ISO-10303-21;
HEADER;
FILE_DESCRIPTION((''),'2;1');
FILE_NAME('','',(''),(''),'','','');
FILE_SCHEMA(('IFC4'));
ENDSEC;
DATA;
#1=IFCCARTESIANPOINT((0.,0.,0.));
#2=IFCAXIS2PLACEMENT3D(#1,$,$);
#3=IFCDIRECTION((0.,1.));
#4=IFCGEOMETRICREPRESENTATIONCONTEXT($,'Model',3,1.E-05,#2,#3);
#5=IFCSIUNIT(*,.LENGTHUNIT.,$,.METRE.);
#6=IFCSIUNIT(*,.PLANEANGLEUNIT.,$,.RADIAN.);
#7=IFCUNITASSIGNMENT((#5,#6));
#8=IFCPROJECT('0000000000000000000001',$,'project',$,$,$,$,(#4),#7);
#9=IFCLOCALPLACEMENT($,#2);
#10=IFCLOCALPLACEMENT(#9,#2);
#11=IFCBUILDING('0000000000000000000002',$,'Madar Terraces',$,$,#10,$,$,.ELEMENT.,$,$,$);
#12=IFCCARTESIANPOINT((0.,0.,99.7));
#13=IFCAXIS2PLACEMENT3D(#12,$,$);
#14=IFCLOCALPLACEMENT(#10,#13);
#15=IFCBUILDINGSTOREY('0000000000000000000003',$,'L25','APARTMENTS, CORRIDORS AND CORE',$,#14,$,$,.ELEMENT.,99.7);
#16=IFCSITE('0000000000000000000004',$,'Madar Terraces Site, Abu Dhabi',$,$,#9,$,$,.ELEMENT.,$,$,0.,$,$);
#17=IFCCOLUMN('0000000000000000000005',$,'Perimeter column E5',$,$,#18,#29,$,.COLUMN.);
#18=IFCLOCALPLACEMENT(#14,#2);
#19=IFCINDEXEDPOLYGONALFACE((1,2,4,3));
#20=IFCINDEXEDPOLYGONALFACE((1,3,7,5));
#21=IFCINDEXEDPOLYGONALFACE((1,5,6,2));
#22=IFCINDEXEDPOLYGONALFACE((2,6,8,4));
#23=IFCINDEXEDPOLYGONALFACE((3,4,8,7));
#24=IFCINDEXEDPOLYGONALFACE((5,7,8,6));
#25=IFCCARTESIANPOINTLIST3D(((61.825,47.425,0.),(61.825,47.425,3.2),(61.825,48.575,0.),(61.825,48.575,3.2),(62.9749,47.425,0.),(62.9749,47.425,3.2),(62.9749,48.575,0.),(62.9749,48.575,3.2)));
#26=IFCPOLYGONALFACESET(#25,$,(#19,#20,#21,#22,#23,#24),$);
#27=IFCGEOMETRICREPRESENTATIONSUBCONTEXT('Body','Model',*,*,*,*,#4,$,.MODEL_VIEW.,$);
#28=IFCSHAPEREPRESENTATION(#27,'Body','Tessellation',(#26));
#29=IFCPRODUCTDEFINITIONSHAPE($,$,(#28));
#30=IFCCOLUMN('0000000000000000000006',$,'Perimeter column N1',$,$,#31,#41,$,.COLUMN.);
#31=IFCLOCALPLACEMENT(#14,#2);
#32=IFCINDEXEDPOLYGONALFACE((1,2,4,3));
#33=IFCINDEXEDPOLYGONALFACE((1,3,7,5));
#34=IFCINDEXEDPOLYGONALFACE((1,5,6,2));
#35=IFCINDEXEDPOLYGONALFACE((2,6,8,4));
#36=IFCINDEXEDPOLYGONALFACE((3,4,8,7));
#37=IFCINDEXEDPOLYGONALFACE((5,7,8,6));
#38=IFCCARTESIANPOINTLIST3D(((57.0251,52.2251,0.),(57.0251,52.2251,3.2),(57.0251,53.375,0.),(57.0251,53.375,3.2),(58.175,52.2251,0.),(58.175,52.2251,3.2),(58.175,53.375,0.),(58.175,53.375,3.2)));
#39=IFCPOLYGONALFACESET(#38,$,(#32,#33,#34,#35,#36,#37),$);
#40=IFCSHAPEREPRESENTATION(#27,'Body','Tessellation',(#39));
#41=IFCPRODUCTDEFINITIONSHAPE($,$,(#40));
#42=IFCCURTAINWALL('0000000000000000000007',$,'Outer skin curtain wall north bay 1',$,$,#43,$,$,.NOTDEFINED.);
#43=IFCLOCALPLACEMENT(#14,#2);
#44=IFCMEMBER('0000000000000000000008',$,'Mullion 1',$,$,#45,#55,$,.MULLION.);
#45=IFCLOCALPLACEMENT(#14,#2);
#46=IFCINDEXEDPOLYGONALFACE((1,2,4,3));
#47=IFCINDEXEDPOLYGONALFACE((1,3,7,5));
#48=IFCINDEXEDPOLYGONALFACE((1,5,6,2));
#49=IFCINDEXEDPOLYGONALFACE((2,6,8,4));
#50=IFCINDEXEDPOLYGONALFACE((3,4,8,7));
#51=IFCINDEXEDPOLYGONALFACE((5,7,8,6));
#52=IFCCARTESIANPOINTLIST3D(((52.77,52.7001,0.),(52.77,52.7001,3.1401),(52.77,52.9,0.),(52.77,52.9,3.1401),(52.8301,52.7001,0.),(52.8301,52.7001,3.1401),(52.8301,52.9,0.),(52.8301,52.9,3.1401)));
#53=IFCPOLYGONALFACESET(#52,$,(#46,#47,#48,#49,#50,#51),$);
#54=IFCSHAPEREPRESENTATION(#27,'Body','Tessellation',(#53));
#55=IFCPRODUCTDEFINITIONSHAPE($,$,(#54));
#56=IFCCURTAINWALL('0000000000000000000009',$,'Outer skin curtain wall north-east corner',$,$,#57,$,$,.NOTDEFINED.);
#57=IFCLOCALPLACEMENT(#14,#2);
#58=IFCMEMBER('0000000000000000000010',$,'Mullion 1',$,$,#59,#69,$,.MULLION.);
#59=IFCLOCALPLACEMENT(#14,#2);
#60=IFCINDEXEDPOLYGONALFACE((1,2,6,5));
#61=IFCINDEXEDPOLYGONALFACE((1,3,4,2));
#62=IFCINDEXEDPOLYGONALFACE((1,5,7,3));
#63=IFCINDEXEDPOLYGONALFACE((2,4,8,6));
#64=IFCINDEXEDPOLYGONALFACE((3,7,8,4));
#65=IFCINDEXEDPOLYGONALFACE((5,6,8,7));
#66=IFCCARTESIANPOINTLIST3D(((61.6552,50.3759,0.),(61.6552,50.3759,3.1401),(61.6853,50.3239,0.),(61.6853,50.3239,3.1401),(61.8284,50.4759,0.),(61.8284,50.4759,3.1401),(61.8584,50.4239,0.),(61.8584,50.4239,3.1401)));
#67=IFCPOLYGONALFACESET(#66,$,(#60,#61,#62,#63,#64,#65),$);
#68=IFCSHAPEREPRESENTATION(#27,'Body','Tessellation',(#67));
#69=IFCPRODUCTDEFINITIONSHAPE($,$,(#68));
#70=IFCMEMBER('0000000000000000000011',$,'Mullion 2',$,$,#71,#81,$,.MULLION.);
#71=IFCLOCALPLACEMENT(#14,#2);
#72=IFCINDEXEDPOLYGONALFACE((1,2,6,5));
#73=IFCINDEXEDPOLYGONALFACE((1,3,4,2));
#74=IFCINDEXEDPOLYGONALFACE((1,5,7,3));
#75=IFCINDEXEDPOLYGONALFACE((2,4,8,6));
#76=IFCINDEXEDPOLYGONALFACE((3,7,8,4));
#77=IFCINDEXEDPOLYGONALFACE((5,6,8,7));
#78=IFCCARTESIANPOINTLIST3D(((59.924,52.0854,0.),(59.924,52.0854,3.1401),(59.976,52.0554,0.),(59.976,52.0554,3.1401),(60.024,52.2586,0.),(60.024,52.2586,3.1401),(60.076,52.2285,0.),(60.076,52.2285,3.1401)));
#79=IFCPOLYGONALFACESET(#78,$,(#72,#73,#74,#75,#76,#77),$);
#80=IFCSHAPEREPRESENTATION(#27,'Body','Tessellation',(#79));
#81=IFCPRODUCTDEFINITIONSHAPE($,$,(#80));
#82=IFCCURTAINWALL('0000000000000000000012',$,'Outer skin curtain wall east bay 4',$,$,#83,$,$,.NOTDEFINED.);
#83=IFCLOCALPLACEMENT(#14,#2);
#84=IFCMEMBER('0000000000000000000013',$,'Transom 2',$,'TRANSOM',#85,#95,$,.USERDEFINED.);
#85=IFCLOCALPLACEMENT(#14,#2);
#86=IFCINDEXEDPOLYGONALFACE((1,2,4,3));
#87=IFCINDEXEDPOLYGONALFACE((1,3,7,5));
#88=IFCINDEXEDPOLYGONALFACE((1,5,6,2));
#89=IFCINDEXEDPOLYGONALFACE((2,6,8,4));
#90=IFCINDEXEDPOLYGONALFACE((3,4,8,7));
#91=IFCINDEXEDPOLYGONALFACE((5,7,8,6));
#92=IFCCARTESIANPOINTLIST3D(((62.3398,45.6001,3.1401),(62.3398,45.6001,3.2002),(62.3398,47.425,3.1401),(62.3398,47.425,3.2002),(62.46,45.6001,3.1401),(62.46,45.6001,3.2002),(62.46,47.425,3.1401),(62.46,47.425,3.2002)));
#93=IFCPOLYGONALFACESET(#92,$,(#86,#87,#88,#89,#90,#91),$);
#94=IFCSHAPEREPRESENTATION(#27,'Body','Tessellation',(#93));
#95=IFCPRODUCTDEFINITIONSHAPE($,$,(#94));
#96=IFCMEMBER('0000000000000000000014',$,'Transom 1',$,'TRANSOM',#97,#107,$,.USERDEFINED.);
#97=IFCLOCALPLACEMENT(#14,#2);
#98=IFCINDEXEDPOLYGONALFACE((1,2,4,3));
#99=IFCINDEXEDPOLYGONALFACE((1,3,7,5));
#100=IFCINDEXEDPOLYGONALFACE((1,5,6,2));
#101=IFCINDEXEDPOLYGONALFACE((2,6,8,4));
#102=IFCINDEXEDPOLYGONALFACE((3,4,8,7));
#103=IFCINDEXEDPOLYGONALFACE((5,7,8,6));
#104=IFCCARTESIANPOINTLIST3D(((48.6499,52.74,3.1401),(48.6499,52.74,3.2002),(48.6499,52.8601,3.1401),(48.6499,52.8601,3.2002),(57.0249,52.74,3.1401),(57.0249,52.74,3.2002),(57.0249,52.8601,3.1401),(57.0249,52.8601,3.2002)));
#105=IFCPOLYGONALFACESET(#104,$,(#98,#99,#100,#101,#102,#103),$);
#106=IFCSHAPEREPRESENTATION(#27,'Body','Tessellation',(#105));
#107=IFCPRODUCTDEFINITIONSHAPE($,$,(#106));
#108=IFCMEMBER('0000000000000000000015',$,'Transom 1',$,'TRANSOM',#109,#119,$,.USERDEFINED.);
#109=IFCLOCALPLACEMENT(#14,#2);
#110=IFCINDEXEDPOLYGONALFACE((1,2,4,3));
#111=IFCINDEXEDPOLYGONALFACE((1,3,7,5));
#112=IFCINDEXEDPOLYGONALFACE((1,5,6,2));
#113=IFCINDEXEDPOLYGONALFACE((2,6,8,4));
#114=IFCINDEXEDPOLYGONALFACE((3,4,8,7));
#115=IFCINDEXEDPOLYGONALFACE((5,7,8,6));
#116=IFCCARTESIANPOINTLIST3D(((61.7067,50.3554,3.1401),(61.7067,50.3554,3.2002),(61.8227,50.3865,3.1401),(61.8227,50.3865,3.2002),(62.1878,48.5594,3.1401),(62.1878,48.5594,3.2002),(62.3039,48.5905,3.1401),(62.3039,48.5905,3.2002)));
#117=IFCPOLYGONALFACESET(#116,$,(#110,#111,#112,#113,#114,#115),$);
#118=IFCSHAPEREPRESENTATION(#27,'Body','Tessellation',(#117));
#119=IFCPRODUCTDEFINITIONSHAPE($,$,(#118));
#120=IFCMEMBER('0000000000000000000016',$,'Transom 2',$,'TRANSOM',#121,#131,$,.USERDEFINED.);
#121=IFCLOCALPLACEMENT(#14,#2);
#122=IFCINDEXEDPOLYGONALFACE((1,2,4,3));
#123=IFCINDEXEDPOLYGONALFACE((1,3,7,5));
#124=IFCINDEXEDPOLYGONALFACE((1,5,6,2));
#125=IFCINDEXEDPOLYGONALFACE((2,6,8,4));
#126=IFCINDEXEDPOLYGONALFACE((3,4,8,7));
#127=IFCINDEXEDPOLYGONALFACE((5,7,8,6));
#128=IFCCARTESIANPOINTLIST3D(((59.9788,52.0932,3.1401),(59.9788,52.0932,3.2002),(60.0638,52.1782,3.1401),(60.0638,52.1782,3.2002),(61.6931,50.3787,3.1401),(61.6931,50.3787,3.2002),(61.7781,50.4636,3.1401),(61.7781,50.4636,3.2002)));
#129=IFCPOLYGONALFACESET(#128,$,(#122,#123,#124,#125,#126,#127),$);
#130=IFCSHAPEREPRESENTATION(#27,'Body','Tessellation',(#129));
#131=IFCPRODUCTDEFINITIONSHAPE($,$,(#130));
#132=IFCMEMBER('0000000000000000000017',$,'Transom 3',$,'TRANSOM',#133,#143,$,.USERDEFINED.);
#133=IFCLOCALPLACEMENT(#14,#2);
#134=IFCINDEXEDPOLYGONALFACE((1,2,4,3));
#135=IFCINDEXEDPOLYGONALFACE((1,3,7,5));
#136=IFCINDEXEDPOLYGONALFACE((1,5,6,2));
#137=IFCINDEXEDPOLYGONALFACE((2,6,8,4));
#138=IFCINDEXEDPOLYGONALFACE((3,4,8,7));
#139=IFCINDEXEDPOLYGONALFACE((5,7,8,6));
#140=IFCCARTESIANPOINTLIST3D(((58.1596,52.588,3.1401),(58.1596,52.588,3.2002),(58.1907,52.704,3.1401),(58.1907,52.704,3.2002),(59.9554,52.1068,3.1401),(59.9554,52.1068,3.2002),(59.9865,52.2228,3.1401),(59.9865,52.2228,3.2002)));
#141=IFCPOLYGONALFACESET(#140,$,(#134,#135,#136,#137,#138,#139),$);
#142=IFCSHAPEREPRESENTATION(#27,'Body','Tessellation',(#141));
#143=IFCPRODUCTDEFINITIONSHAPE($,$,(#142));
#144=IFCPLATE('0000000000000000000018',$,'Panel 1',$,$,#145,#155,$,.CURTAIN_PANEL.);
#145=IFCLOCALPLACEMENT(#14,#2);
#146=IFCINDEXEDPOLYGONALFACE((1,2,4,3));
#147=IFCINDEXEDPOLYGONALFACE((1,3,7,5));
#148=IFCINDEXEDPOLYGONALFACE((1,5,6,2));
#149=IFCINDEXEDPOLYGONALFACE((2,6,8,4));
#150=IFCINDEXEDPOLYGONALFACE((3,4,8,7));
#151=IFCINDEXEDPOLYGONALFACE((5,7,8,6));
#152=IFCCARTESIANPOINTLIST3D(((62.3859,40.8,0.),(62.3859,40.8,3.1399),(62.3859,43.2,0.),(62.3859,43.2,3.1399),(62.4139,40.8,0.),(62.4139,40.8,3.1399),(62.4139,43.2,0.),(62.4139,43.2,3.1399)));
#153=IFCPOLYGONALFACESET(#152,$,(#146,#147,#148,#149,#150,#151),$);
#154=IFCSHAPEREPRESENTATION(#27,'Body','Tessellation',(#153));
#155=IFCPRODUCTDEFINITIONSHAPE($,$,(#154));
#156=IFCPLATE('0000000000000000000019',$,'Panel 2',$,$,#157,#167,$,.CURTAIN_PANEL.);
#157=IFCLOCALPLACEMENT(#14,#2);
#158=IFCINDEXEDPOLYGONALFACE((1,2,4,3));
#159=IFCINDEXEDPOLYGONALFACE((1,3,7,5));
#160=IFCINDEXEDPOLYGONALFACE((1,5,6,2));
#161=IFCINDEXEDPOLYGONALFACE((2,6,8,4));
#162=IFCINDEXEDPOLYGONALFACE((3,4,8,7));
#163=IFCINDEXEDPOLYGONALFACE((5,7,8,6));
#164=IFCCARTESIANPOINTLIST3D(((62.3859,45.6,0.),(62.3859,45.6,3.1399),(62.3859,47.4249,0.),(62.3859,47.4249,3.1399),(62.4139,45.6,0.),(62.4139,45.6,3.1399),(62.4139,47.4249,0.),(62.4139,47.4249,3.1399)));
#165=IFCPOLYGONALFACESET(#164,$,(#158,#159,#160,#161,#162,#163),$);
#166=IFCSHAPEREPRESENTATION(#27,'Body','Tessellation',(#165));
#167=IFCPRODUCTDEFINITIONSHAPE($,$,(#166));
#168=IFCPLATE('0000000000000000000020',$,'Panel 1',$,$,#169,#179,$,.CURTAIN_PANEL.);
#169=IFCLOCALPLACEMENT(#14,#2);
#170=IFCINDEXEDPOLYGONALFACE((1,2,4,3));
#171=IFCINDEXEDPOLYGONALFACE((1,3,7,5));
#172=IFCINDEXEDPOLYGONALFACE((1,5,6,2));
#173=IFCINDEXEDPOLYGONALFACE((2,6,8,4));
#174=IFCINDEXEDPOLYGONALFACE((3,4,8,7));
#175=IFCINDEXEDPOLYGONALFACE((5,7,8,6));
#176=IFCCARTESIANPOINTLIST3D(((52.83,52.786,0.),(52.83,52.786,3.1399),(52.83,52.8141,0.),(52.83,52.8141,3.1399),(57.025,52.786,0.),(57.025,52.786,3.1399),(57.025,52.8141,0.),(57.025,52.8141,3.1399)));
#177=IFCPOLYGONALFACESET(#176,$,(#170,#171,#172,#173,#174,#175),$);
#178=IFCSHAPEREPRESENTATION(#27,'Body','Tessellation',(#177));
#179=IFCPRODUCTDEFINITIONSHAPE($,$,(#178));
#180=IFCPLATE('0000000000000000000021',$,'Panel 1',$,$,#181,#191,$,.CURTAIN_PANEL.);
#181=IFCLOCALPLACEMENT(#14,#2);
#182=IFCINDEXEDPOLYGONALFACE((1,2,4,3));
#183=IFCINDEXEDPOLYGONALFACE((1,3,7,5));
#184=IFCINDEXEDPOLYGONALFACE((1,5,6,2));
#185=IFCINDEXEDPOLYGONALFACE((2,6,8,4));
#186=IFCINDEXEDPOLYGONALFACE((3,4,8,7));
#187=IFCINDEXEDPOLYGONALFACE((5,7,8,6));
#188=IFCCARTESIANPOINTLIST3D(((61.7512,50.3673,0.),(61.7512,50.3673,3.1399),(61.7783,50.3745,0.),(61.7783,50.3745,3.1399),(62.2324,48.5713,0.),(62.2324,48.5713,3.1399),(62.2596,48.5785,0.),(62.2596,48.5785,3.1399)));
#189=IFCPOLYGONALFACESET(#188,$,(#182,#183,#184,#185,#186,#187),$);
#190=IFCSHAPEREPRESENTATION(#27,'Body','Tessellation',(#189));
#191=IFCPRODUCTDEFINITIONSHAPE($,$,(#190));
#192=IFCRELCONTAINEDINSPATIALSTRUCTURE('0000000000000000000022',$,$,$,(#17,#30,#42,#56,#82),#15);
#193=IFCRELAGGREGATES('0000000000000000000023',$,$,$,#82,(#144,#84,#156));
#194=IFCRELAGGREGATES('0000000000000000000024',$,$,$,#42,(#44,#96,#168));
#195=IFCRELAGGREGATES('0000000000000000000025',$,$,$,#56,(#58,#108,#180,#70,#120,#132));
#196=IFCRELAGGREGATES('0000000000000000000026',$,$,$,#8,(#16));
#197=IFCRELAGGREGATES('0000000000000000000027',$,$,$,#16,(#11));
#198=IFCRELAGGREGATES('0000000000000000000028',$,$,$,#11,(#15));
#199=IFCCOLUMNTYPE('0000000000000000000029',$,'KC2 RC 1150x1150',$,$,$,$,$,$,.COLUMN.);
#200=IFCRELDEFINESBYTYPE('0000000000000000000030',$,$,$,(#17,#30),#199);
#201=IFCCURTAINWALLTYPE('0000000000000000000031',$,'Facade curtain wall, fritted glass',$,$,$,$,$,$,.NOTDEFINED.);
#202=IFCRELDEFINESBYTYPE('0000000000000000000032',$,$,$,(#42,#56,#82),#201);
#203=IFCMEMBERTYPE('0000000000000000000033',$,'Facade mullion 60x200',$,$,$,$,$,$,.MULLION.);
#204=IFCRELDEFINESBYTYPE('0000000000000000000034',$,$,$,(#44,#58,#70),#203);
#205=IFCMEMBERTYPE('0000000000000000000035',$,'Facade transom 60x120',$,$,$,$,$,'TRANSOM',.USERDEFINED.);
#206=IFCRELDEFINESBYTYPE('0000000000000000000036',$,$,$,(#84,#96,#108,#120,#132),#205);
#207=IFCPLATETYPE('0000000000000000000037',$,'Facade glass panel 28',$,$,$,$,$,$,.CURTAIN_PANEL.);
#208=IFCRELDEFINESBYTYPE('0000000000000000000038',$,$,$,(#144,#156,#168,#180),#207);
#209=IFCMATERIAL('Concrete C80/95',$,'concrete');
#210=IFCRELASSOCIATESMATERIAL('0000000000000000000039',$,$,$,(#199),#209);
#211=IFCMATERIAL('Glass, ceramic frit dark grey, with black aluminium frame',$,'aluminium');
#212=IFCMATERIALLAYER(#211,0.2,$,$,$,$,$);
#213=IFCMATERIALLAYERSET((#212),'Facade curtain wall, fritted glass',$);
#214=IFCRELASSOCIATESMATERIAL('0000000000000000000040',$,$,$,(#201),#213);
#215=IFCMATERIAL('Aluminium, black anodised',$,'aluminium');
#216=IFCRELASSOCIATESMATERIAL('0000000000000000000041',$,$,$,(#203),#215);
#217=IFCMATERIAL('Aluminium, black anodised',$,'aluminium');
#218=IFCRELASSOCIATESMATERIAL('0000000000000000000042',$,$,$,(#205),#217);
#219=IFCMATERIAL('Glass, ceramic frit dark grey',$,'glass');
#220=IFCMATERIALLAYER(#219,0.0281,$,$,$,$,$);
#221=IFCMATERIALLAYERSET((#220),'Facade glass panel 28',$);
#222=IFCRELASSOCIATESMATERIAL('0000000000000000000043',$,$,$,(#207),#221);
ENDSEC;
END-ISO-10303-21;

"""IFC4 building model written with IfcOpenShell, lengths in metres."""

from ifc_helpers import new_model, si_unit, direction, frame, origin, origin_2d, place, context, subcontext, project, spatial, rectangle, extrude, material, layer, layer_set, material_profile, profile_set, type_object, element, aggregate, save


model = new_model("IFC4")

# Units and contexts
model_context = context("Model", 3, precision=1e-05, world=origin(), true_north=direction((0.0, 1.0)))
body_context = subcontext(model_context, "Body", "Model", "MODEL_VIEW")
ifc_project = project(units=[si_unit("LENGTHUNIT", "METRE"), si_unit("PLANEANGLEUNIT", "RADIAN")], contexts=[model_context])

# Site, building, storey
site_placement = place(None, origin())
site = spatial("IfcSite", under=ifc_project, at=site_placement, Name="Madar Terraces Site, Abu Dhabi", CompositionType="ELEMENT", RefElevation=0.0)
building_placement = place(site_placement, origin())
building = spatial("IfcBuilding", under=site, at=building_placement, Name="Madar Terraces", CompositionType="ELEMENT")
storey_placement = place(building_placement, frame((0.0, 0.0, 99.7)))
storey = spatial("IfcBuildingStorey", under=building, at=storey_placement, Name="L25", Description="APARTMENTS, CORRIDORS AND CORE", CompositionType="ELEMENT", Elevation=99.7)

# Columns
ifc_material_1 = material(Name="Concrete C80/95", Category="concrete")
ifc_material_profile_1 = material_profile(ifc_material_1, rectangle(XDim=1.1499, YDim=1.1499, at=origin_2d()), Name="KC2 RC 1150x1150")
ifc_profile_set_1 = profile_set([ifc_material_profile_1], Name="Concrete C80/95")
column_type = type_object("IfcColumnType", Name="KC2 RC 1150x1150", PredefinedType="COLUMN", material=ifc_profile_set_1)
for number, where, z_axis, x_axis, name in (
    (1, (62.3999, 48.0, 0.0), (0.0, 0.0, 1.0), (1.0, 0.0, 0.0), "Perimeter column E5"),
    (2, (57.6001, 52.8, 0.0), (0.0, 0.0, 1.0), (1.0, 0.0, 0.0), "Perimeter column N1"),
):
    element("IfcColumn", number, at=place(storey_placement, frame(where, z_axis=z_axis, x_axis=x_axis)), inside=storey, type_object=column_type, Name=name, PredefinedType="COLUMN", context=body_context, shape_type="SweptSolid", body=[
        extrude(rectangle(XDim=1.1499, YDim=1.1499, at=origin_2d()), origin(), (0.0, 0.0, 1.0), 3.2),
    ])

# Curtain wall, member
ifc_material_2 = material(Name="Glass, ceramic frit dark grey, with black aluminium frame", Category="aluminium")
ifc_layer_1 = layer(ifc_material_2, 0.2)
ifc_layer_set_1 = layer_set([ifc_layer_1], Name="Facade curtain wall, fritted glass")
curtain_wall_type = type_object("IfcCurtainWallType", Name="Facade curtain wall, fritted glass", PredefinedType="NOTDEFINED", material=ifc_layer_set_1)
curtain_wall_1_placement = place(storey_placement, origin())
curtain_wall_1 = element("IfcCurtainWall", 3, at=curtain_wall_1_placement, inside=storey, type_object=curtain_wall_type, Name="Outer skin curtain wall north bay 1", PredefinedType="NOTDEFINED")
ifc_material_3 = material(Name="Aluminium, black anodised", Category="aluminium")
ifc_material_profile_2 = material_profile(ifc_material_3, rectangle(XDim=0.2, YDim=0.0601, at=origin_2d()), Name="Facade mullion 60x200")
ifc_profile_set_2 = profile_set([ifc_material_profile_2], Name="Aluminium, black anodised")
member_type_1 = type_object("IfcMemberType", Name="Facade mullion 60x200", PredefinedType="MULLION", material=ifc_profile_set_2)
member_1_placement = place(storey_placement, frame((52.8, 52.8, 0.0), z_axis=(0.0, 0.0, 1.0), x_axis=(0.0, -1.0, 0.0)))
member_1 = element("IfcMember", 4, at=member_1_placement, type_object=member_type_1, Name="Mullion 1", PredefinedType="MULLION", context=body_context, shape_type="SweptSolid", body=[
    extrude(rectangle(XDim=0.2, YDim=0.0601, at=origin_2d()), origin(), (0.0, 0.0, 1.0), 3.1401),
])

# Curtain wall, members
curtain_wall_2_placement = place(storey_placement, origin())
curtain_wall_2 = element("IfcCurtainWall", 5, at=curtain_wall_2_placement, inside=storey, type_object=curtain_wall_type, Name="Outer skin curtain wall north-east corner", PredefinedType="NOTDEFINED")
member_2_placement = place(storey_placement, frame((61.7568, 50.3999, 0.0), z_axis=(0.0, 0.0, 1.0), x_axis=(-0.866025, -0.5, 0.0)))
member_2 = element("IfcMember", 6, at=member_2_placement, type_object=member_type_1, Name="Mullion 1", PredefinedType="MULLION", context=body_context, shape_type="SweptSolid", body=[
    extrude(rectangle(XDim=0.2, YDim=0.0601, at=origin_2d()), origin(), (0.0, 0.0, 1.0), 3.1401),
])
member_3_placement = place(storey_placement, frame((60.0, 52.157, 0.0), z_axis=(0.0, 0.0, 1.0), x_axis=(-0.5, -0.866025, 0.0)))
member_3 = element("IfcMember", 7, at=member_3_placement, type_object=member_type_1, Name="Mullion 2", PredefinedType="MULLION", context=body_context, shape_type="SweptSolid", body=[
    extrude(rectangle(XDim=0.2, YDim=0.0601, at=origin_2d()), origin(), (0.0, 0.0, 1.0), 3.1401),
])

# Curtain wall, member
curtain_wall_3_placement = place(storey_placement, origin())
curtain_wall_3 = element("IfcCurtainWall", 8, at=curtain_wall_3_placement, inside=storey, type_object=curtain_wall_type, Name="Outer skin curtain wall east bay 4", PredefinedType="NOTDEFINED")
ifc_material_4 = material(Name="Aluminium, black anodised", Category="aluminium")
ifc_material_profile_3 = material_profile(ifc_material_4, rectangle(XDim=0.1201, YDim=0.0601, at=origin_2d()), Name="Facade transom 60x120")
ifc_profile_set_3 = profile_set([ifc_material_profile_3], Name="Aluminium, black anodised")
member_type_2 = type_object("IfcMemberType", Name="Facade transom 60x120", ElementType="TRANSOM", PredefinedType="USERDEFINED", material=ifc_profile_set_3)
member_4_placement = place(storey_placement, frame((62.3999, 45.6001, 3.1702), z_axis=(0.0, 1.0, 0.0), x_axis=(-1.0, 0.0, 0.0)))
member_4 = element("IfcMember", 9, at=member_4_placement, type_object=member_type_2, Name="Transom 2", ObjectType="TRANSOM", PredefinedType="USERDEFINED", context=body_context, shape_type="SweptSolid", body=[
    extrude(rectangle(XDim=0.1201, YDim=0.0601, at=origin_2d()), origin(), (0.0, 0.0, 1.0), 1.825),
])

# Members
member_5_placement = place(storey_placement, frame((57.0249, 52.8, 3.1702), z_axis=(-1.0, 0.0, 0.0), x_axis=(0.0, -1.0, 0.0)))
member_5 = element("IfcMember", 10, at=member_5_placement, type_object=member_type_2, Name="Transom 1", ObjectType="TRANSOM", PredefinedType="USERDEFINED", context=body_context, shape_type="SweptSolid", body=[
    extrude(rectangle(XDim=0.1201, YDim=0.0601, at=origin_2d()), origin(), (0.0, 0.0, 1.0), 8.375),
])
member_6_placement = place(storey_placement, frame((62.2458, 48.575, 3.1702), z_axis=(-0.258782, 0.965936, 0.0), x_axis=(-0.965936, -0.258782, 0.0)))
member_6 = element("IfcMember", 11, at=member_6_placement, type_object=member_type_2, Name="Transom 1", ObjectType="TRANSOM", PredefinedType="USERDEFINED", context=body_context, shape_type="SweptSolid", body=[
    extrude(rectangle(XDim=0.1201, YDim=0.0601, at=origin_2d()), origin(), (0.0, 0.0, 1.0), 1.8594),
])
member_7_placement = place(storey_placement, frame((61.7356, 50.4211, 3.1702), z_axis=(-0.707056, 0.707157, 0.0), x_axis=(-0.707157, -0.707056, 0.0)))
member_7 = element("IfcMember", 12, at=member_7_placement, type_object=member_type_2, Name="Transom 2", ObjectType="TRANSOM", PredefinedType="USERDEFINED", context=body_context, shape_type="SweptSolid", body=[
    extrude(rectangle(XDim=0.1201, YDim=0.0601, at=origin_2d()), origin(), (0.0, 0.0, 1.0), 2.4246),
])
member_8_placement = place(storey_placement, frame((59.9709, 52.1648, 3.1702), z_axis=(-0.965927, 0.258815, 0.0), x_axis=(-0.258815, -0.965927, 0.0)))
member_8 = element("IfcMember", 13, at=member_8_placement, type_object=member_type_2, Name="Transom 3", ObjectType="TRANSOM", PredefinedType="USERDEFINED", context=body_context, shape_type="SweptSolid", body=[
    extrude(rectangle(XDim=0.1201, YDim=0.0601, at=origin_2d()), origin(), (0.0, 0.0, 1.0), 1.8591),
])

# Plates
ifc_material_5 = material(Name="Glass, ceramic frit dark grey", Category="glass")
ifc_layer_2 = layer(ifc_material_5, 0.0281)
ifc_layer_set_2 = layer_set([ifc_layer_2], Name="Facade glass panel 28")
plate_type = type_object("IfcPlateType", Name="Facade glass panel 28", PredefinedType="CURTAIN_PANEL", material=ifc_layer_set_2)
plate_1_placement = place(storey_placement, frame((62.3999, 42.0, 0.0), z_axis=(0.0, 0.0, 1.0), x_axis=(0.0, 1.0, 0.0)))
plate_1 = element("IfcPlate", 14, at=plate_1_placement, type_object=plate_type, Name="Panel 1", PredefinedType="CURTAIN_PANEL", context=body_context, shape_type="SweptSolid", body=[
    extrude(rectangle(XDim=2.3999, YDim=0.0281, at=origin_2d()), origin(), (0.0, 0.0, 1.0), 3.1399),
])
plate_2_placement = place(storey_placement, frame((62.3999, 46.5125, 0.0), z_axis=(0.0, 0.0, 1.0), x_axis=(0.0, 1.0, 0.0)))
plate_2 = element("IfcPlate", 15, at=plate_2_placement, type_object=plate_type, Name="Panel 2", PredefinedType="CURTAIN_PANEL", context=body_context, shape_type="SweptSolid", body=[
    extrude(rectangle(XDim=1.825, YDim=0.0281, at=origin_2d()), origin(), (0.0, 0.0, 1.0), 3.1399),
])
aggregate(curtain_wall_3, [plate_1, member_4, plate_2])
plate_3_placement = place(storey_placement, frame((54.9275, 52.8, 0.0), z_axis=(0.0, 0.0, 1.0), x_axis=(-1.0, 0.0, 0.0)))
plate_3 = element("IfcPlate", 16, at=plate_3_placement, type_object=plate_type, Name="Panel 1", PredefinedType="CURTAIN_PANEL", context=body_context, shape_type="SweptSolid", body=[
    extrude(rectangle(XDim=4.1951, YDim=0.0281, at=origin_2d()), origin(), (0.0, 0.0, 1.0), 3.1399),
])
aggregate(curtain_wall_1, [member_1, member_5, plate_3])
plate_4_placement = place(storey_placement, frame((62.0054, 49.4729, 0.0), z_axis=(0.0, 0.0, 1.0), x_axis=(-0.258819, 0.965926, 0.0)))
plate_4 = element("IfcPlate", 17, at=plate_4_placement, type_object=plate_type, Name="Panel 1", PredefinedType="CURTAIN_PANEL", context=body_context, shape_type="SweptSolid", body=[
    extrude(rectangle(XDim=1.8594, YDim=0.0281, at=origin_2d()), origin(), (0.0, 0.0, 1.0), 3.1399),
])
aggregate(curtain_wall_2, [member_2, member_6, plate_4, member_3, member_7, member_8])

save(model, "model.ifc")
